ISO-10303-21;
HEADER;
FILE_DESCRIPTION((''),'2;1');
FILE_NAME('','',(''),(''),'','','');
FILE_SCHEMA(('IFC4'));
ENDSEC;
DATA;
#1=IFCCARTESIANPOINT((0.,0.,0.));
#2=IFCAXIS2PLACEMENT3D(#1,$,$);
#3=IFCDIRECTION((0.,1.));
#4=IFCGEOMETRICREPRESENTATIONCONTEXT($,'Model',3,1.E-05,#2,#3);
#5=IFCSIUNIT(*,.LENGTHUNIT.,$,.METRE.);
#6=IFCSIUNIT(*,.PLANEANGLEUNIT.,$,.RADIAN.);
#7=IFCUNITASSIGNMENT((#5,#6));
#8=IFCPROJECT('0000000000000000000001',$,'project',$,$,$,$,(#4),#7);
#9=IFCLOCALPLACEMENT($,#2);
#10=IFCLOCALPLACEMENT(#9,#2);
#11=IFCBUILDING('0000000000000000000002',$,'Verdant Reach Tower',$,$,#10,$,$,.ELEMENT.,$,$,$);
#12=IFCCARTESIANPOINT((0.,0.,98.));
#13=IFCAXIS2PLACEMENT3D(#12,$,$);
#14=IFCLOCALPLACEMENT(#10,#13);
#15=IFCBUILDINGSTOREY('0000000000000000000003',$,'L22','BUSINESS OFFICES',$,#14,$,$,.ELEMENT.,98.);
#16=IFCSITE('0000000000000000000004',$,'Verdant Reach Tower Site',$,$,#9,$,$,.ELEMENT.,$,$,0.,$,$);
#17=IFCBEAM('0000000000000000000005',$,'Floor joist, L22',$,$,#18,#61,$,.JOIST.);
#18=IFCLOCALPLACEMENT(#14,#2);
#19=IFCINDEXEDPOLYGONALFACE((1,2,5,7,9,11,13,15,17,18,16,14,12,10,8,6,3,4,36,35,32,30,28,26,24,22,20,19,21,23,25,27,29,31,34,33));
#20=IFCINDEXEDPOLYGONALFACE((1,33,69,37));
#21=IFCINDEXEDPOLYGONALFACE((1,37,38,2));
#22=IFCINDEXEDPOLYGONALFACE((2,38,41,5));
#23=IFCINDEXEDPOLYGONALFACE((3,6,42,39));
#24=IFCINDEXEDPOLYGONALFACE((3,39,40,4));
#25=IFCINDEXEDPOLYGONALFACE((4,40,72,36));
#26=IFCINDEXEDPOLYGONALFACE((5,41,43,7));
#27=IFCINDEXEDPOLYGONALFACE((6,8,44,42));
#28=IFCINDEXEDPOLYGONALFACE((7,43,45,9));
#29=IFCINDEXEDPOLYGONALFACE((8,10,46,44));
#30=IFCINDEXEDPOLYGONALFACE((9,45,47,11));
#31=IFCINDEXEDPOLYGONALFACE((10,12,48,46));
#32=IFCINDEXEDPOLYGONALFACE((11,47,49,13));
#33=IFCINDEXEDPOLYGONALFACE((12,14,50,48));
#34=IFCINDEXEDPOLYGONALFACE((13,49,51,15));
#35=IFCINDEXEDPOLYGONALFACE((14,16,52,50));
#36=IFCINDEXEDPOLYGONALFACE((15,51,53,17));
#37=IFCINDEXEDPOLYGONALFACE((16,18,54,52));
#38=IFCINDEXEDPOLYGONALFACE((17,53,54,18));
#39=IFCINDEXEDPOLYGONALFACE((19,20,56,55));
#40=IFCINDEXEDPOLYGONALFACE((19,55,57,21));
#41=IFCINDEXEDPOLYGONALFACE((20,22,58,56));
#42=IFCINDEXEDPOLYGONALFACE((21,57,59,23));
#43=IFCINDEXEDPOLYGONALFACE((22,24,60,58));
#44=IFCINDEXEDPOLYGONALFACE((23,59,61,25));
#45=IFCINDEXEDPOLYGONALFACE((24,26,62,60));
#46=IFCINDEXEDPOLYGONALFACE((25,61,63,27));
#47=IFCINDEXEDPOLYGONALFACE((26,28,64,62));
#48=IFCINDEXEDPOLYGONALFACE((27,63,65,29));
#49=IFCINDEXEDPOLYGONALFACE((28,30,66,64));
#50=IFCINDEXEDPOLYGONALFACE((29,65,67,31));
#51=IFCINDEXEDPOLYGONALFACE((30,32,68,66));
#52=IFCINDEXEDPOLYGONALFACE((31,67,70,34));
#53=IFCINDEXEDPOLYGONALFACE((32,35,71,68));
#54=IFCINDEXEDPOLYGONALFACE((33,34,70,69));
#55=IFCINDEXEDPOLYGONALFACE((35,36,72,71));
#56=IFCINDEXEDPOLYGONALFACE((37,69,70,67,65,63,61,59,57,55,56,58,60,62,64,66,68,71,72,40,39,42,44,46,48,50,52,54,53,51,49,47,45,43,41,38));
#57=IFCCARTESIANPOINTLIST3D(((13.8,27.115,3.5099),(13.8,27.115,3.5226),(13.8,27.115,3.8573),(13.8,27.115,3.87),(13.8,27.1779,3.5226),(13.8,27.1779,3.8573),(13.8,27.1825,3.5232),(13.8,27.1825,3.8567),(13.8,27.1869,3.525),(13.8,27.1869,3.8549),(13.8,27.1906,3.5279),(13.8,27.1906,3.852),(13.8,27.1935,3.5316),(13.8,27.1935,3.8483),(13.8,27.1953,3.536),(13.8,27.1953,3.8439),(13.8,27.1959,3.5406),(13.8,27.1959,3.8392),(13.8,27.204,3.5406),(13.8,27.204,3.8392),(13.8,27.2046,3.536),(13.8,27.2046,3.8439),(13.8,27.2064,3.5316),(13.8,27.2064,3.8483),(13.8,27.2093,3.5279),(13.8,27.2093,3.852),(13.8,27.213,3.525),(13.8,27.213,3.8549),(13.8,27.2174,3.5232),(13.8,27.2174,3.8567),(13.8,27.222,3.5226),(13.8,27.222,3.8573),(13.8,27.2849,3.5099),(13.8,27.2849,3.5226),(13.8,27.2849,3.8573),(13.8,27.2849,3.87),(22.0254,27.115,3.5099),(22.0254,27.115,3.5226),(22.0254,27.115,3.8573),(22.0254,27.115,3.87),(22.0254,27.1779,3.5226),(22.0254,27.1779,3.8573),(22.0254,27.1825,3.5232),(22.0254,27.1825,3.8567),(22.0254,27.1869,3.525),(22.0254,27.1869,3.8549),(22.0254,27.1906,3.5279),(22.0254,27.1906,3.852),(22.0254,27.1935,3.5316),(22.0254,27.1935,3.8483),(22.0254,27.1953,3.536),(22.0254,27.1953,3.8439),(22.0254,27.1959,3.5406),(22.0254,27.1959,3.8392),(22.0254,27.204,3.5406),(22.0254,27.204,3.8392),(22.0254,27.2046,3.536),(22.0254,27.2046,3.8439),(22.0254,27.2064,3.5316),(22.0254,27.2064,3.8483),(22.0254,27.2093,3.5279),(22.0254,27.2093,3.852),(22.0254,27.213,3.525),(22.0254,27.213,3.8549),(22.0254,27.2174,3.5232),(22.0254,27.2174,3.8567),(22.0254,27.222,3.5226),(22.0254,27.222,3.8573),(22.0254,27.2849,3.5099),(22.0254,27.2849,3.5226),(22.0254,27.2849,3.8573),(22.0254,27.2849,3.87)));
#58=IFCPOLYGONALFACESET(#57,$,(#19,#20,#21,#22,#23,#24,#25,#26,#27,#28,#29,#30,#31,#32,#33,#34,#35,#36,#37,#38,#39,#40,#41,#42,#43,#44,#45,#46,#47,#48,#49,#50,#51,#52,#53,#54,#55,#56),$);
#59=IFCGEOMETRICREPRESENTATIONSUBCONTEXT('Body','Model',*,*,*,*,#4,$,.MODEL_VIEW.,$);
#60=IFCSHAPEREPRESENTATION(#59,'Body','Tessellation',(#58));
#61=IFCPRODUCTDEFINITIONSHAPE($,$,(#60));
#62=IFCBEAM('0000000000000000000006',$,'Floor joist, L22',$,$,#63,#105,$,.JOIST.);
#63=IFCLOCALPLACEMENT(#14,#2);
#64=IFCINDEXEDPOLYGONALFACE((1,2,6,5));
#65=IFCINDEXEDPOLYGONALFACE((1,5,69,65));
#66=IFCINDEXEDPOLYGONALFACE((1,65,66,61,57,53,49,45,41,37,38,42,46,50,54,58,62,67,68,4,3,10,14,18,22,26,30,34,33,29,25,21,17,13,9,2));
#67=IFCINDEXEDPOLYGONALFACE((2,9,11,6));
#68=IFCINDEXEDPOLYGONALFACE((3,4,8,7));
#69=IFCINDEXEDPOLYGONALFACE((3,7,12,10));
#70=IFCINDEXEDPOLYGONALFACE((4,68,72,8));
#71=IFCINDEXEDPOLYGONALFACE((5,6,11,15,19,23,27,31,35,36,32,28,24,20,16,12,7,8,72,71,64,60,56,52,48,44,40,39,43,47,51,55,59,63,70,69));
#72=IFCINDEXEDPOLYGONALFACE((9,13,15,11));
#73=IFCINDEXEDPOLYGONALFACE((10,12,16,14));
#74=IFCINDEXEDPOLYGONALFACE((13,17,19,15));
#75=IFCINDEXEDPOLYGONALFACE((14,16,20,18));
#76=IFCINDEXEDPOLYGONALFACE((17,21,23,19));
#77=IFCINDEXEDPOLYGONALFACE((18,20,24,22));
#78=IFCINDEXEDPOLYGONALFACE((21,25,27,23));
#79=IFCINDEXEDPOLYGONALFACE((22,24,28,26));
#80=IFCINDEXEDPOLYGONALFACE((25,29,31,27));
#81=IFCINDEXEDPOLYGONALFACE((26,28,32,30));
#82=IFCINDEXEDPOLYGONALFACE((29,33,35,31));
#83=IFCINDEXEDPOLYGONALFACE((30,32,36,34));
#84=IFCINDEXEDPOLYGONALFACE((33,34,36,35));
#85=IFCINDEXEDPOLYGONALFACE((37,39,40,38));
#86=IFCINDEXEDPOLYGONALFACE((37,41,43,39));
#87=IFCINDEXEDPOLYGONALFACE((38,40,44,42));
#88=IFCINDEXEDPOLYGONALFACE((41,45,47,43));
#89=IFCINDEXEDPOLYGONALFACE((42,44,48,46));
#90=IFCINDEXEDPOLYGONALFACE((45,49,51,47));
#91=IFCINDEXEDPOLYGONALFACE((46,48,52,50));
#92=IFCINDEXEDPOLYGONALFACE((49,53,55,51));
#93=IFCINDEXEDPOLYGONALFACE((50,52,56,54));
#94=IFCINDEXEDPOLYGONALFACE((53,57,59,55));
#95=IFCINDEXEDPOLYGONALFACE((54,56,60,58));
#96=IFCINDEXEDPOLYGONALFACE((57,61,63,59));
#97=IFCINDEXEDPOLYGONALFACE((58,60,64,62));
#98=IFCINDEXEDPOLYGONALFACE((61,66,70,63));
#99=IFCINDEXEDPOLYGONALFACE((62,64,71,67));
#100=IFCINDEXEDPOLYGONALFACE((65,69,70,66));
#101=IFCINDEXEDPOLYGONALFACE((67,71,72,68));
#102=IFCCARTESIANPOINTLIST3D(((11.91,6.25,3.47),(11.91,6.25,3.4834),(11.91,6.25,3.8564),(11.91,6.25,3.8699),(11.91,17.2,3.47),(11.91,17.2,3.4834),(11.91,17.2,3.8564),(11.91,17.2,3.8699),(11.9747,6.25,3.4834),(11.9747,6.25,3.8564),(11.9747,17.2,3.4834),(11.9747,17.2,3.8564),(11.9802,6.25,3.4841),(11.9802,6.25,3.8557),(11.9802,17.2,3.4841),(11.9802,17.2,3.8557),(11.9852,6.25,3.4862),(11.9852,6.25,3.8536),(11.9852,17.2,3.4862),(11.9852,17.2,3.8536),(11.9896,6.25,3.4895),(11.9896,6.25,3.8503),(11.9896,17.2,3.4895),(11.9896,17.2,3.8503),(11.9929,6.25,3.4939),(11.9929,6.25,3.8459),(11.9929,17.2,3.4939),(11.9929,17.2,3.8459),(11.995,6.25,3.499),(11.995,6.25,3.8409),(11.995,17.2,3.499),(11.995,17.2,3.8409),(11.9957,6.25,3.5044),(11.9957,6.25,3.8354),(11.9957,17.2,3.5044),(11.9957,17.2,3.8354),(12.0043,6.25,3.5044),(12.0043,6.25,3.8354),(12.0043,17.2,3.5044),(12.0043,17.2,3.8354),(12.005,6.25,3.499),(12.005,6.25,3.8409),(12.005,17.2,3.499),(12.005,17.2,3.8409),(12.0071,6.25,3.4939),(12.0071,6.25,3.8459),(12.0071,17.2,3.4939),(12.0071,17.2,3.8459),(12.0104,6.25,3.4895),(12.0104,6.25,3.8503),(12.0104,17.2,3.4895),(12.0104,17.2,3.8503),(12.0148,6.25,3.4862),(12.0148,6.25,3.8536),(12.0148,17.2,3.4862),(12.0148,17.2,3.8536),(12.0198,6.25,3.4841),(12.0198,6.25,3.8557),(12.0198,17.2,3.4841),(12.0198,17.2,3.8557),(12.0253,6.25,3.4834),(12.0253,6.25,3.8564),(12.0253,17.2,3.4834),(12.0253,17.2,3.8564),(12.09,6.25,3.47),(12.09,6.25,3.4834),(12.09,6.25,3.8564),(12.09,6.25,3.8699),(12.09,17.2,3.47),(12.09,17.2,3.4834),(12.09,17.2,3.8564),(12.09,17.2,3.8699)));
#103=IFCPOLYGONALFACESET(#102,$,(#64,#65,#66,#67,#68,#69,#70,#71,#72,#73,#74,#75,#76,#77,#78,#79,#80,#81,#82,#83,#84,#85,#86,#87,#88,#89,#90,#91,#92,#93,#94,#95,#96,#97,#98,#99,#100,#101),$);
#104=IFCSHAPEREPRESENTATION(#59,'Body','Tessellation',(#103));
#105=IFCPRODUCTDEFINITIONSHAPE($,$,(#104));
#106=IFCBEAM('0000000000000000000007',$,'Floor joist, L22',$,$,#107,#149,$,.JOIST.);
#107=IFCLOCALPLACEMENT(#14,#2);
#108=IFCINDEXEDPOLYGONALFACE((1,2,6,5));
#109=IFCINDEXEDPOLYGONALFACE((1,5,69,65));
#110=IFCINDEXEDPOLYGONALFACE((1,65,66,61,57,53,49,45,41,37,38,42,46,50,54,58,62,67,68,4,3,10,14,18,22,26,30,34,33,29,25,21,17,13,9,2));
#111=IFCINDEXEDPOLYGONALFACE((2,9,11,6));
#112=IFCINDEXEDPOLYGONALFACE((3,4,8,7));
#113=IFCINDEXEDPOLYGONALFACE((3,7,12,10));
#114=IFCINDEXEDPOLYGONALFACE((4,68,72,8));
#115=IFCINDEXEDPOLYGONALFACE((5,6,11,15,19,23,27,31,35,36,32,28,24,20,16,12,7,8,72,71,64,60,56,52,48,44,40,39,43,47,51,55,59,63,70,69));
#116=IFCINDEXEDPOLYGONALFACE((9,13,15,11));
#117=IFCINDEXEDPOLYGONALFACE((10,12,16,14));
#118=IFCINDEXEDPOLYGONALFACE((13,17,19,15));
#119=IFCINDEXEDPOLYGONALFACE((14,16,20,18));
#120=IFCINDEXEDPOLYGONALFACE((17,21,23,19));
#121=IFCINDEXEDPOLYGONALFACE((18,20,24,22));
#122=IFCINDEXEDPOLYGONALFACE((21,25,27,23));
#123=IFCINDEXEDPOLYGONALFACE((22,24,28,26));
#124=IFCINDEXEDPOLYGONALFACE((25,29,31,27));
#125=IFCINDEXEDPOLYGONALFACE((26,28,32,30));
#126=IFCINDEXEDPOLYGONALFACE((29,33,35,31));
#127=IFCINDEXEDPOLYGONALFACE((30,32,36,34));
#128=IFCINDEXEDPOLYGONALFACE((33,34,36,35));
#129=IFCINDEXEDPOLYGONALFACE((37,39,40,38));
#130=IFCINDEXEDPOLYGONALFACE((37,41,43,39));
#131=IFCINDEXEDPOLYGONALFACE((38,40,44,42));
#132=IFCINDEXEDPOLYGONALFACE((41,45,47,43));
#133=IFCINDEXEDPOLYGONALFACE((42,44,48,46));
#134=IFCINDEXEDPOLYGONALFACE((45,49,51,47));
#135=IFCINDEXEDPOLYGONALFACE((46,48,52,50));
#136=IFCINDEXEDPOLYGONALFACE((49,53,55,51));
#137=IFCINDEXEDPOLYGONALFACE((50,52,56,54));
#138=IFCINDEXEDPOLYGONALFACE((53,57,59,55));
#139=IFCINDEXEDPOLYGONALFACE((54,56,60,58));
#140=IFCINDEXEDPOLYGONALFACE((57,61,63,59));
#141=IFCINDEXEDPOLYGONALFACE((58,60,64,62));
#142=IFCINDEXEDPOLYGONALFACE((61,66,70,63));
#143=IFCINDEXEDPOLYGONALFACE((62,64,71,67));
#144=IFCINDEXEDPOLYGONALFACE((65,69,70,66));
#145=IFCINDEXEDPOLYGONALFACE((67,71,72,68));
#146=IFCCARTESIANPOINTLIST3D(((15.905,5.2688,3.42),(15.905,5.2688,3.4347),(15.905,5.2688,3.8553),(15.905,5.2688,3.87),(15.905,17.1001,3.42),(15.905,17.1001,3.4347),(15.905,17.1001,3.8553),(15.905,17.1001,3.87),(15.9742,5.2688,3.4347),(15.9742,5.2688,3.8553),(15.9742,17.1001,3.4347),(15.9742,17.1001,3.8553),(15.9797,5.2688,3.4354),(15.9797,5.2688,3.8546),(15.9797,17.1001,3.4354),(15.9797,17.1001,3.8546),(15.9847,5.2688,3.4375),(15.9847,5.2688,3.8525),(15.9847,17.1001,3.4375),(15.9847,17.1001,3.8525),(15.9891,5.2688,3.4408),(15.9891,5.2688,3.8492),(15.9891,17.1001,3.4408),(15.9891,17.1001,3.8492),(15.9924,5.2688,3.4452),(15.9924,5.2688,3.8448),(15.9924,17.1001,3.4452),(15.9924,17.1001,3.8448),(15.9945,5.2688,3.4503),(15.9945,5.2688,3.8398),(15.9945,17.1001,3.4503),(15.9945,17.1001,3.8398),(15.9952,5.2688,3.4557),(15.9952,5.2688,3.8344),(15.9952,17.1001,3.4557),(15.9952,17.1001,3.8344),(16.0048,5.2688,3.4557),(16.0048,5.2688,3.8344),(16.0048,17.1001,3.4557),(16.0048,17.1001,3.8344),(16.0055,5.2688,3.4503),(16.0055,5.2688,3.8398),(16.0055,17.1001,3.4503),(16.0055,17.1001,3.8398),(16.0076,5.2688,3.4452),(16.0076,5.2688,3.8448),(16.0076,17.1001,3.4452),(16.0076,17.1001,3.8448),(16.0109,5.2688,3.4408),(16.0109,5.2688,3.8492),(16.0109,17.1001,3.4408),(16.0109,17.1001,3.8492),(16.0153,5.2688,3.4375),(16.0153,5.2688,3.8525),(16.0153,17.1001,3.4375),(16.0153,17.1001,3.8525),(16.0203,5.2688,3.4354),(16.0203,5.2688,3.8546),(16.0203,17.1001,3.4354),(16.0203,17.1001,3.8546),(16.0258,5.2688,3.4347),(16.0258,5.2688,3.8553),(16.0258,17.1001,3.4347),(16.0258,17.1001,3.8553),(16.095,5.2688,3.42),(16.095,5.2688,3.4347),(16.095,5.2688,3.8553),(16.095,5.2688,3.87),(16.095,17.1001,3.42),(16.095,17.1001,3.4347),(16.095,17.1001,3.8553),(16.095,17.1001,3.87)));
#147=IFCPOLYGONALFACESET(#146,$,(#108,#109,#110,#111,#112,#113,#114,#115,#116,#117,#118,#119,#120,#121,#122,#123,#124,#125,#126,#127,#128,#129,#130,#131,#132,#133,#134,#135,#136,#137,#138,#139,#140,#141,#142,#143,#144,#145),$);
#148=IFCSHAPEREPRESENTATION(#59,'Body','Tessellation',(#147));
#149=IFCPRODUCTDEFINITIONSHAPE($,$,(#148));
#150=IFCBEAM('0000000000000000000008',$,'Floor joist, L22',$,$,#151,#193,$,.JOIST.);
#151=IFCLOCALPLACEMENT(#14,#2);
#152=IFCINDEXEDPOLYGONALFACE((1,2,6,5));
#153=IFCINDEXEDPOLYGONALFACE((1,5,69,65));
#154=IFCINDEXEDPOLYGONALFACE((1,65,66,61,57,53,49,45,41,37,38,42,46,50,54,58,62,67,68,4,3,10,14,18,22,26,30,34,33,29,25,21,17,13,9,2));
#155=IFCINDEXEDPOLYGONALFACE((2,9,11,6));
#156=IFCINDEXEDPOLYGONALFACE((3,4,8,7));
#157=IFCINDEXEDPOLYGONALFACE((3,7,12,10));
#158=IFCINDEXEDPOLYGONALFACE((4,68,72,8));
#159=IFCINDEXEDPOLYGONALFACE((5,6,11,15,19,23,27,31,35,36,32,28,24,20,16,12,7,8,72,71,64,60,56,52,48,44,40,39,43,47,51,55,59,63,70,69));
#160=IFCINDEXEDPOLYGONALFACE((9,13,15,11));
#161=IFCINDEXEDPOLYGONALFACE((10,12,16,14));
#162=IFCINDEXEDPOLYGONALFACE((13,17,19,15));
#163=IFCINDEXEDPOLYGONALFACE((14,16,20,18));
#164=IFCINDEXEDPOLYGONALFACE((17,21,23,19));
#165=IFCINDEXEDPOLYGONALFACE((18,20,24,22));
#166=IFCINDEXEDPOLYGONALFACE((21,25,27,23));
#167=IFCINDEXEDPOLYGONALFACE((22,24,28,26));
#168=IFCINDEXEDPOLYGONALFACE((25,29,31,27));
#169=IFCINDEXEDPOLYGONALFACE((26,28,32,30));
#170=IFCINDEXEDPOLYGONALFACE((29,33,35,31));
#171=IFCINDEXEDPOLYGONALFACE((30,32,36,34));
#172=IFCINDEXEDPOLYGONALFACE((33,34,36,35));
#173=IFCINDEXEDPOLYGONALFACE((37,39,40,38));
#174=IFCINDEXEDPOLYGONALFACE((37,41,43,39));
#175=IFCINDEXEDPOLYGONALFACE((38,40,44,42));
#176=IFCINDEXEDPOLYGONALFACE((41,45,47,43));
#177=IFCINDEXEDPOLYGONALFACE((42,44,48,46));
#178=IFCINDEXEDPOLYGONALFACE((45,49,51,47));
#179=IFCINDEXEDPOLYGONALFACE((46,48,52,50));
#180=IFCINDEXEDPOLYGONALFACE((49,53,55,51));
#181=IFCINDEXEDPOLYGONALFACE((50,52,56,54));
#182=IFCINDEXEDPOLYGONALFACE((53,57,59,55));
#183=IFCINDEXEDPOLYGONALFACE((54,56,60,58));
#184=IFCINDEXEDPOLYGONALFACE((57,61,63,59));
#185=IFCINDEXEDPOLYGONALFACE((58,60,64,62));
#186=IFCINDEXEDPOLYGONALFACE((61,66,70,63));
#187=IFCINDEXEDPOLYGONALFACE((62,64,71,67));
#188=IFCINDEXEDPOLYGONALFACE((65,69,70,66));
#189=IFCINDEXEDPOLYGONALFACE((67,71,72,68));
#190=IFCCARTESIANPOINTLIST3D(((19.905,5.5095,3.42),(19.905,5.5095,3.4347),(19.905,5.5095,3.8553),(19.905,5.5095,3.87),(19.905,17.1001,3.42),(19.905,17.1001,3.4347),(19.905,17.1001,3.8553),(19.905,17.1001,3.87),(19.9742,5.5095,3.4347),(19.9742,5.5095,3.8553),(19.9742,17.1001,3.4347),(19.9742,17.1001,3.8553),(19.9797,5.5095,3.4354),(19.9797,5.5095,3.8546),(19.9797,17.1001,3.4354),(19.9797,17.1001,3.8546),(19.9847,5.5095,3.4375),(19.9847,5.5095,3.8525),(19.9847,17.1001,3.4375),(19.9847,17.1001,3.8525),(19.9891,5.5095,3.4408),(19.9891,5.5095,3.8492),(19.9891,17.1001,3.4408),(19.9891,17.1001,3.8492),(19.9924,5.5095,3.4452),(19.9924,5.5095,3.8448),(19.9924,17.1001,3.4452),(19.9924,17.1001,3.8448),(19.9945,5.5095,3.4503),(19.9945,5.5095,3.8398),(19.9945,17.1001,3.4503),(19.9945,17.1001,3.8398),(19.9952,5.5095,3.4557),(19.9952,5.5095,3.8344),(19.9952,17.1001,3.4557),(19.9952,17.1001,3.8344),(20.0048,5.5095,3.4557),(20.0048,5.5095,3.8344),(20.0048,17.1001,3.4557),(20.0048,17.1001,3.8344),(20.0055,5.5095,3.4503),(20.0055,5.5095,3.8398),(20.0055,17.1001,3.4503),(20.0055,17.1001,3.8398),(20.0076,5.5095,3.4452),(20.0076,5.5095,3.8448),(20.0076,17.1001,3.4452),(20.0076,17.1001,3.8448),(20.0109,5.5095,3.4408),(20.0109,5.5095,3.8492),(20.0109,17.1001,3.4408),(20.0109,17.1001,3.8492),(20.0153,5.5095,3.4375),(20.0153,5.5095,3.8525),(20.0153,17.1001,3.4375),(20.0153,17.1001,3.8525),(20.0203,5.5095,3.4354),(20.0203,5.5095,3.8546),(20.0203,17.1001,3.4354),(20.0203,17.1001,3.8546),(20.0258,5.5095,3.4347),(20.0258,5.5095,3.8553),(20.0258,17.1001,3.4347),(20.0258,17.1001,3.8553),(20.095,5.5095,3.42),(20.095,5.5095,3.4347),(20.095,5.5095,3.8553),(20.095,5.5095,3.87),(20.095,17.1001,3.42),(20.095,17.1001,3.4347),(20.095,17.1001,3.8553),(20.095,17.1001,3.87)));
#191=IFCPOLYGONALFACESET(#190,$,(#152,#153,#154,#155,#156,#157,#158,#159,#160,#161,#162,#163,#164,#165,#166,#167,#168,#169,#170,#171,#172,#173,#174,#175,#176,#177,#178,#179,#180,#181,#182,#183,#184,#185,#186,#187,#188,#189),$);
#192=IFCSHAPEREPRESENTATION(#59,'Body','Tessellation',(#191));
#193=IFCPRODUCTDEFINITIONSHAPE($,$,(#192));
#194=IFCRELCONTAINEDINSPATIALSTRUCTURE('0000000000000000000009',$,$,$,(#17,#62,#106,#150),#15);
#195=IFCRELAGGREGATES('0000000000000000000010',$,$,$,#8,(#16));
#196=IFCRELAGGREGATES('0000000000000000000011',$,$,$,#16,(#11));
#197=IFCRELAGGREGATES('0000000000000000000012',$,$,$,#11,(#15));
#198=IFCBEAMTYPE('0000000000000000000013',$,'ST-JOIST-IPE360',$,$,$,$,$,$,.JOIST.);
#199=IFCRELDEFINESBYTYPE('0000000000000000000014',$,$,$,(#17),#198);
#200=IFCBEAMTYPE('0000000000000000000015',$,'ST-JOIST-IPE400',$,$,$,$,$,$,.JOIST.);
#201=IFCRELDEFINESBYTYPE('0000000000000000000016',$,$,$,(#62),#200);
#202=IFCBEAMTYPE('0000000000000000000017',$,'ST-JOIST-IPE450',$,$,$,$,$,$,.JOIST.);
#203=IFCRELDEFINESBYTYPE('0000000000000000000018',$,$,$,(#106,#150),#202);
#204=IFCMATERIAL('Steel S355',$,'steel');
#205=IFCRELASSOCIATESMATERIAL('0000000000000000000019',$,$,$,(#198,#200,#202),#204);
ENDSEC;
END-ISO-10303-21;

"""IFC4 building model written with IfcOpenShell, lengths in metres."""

from ifc_helpers import new_model, si_unit, direction, frame, origin, origin_2d, place, context, subcontext, project, spatial, i_section, extrude, material, material_profile, profile_set, type_object, element, save


model = new_model("IFC4")

# Units and contexts
model_context = context("Model", 3, precision=1e-05, world=origin(), true_north=direction((0.0, 1.0)))
body_context = subcontext(model_context, "Body", "Model", "MODEL_VIEW")
ifc_project = project(units=[si_unit("LENGTHUNIT", "METRE"), si_unit("PLANEANGLEUNIT", "RADIAN")], contexts=[model_context])

# Site, building, storey
site_placement = place(None, origin())
site = spatial("IfcSite", under=ifc_project, at=site_placement, Name="Verdant Reach Tower Site", CompositionType="ELEMENT", RefElevation=0.0)
building_placement = place(site_placement, origin())
building = spatial("IfcBuilding", under=site, at=building_placement, Name="Verdant Reach Tower", CompositionType="ELEMENT")
storey_placement = place(building_placement, frame((0.0, 0.0, 98.0)))
storey = spatial("IfcBuildingStorey", under=building, at=storey_placement, Name="L22", Description="BUSINESS OFFICES", CompositionType="ELEMENT", Elevation=98.0)

# Beams
ifc_material_1 = material(Name="Steel S355", Category="steel")
ifc_material_profile_1 = material_profile(ifc_material_1, i_section(OverallWidth=0.1699, OverallDepth=0.3601, WebThickness=0.0081, FlangeThickness=0.0127, FilletRadius=0.0181, at=origin_2d()), Name="IPE 360")
ifc_profile_set_1 = profile_set([ifc_material_profile_1], Name="Steel S355")
beam_type_1 = type_object("IfcBeamType", Name="ST-JOIST-IPE360", PredefinedType="JOIST", material=ifc_profile_set_1)
beam_1_placement = place(storey_placement, frame((13.8, 27.2, 3.6899), z_axis=(1.0, 0.0, 0.0), x_axis=(0.0, 1.0, 0.0)))
element("IfcBeam", 1, at=beam_1_placement, inside=storey, type_object=beam_type_1, Name="Floor joist, L22", PredefinedType="JOIST", context=body_context, shape_type="SweptSolid", body=[
    extrude(i_section(OverallWidth=0.1699, OverallDepth=0.3601, WebThickness=0.0081, FlangeThickness=0.0127, FilletRadius=0.0181, at=origin_2d()), origin(), (0.0, 0.0, 1.0), 8.2253),
])
ifc_material_profile_2 = material_profile(ifc_material_1, i_section(OverallWidth=0.1799, OverallDepth=0.3999, WebThickness=0.0085, FlangeThickness=0.0134, FilletRadius=0.021, at=origin_2d()), Name="IPE 400")
ifc_profile_set_2 = profile_set([ifc_material_profile_2], Name="Steel S355")
beam_type_2 = type_object("IfcBeamType", Name="ST-JOIST-IPE400", PredefinedType="JOIST", material=ifc_profile_set_2)
beam_2_placement = place(storey_placement, frame((12.0, 17.2, 3.6699), z_axis=(0.0, -1.0, 0.0), x_axis=(1.0, 0.0, 0.0)))
element("IfcBeam", 2, at=beam_2_placement, inside=storey, type_object=beam_type_2, Name="Floor joist, L22", PredefinedType="JOIST", context=body_context, shape_type="SweptSolid", body=[
    extrude(i_section(OverallWidth=0.1799, OverallDepth=0.3999, WebThickness=0.0085, FlangeThickness=0.0134, FilletRadius=0.021, at=origin_2d()), origin(), (0.0, 0.0, 1.0), 10.95),
])
ifc_material_profile_3 = material_profile(ifc_material_1, i_section(OverallWidth=0.1899, OverallDepth=0.45, WebThickness=0.0095, FlangeThickness=0.0146, FilletRadius=0.021, at=origin_2d()), Name="IPE 450")
ifc_profile_set_3 = profile_set([ifc_material_profile_3], Name="Steel S355")
beam_type_3 = type_object("IfcBeamType", Name="ST-JOIST-IPE450", PredefinedType="JOIST", material=ifc_profile_set_3)
beam_3_placement = place(storey_placement, frame((16.0, 17.1001, 3.645), z_axis=(0.0, -1.0, 0.0), x_axis=(1.0, 0.0, 0.0)))
element("IfcBeam", 3, at=beam_3_placement, inside=storey, type_object=beam_type_3, Name="Floor joist, L22", PredefinedType="JOIST", context=body_context, shape_type="SweptSolid", body=[
    extrude(i_section(OverallWidth=0.1899, OverallDepth=0.45, WebThickness=0.0095, FlangeThickness=0.0146, FilletRadius=0.021, at=origin_2d()), origin(), (0.0, 0.0, 1.0), 11.8313),
])
beam_4_placement = place(storey_placement, frame((20.0, 17.1001, 3.645), z_axis=(0.0, -1.0, 0.0), x_axis=(1.0, 0.0, 0.0)))
element("IfcBeam", 4, at=beam_4_placement, inside=storey, type_object=beam_type_3, Name="Floor joist, L22", PredefinedType="JOIST", context=body_context, shape_type="SweptSolid", body=[
    extrude(i_section(OverallWidth=0.1899, OverallDepth=0.45, WebThickness=0.0095, FlangeThickness=0.0146, FilletRadius=0.021, at=origin_2d()), origin(), (0.0, 0.0, 1.0), 11.5906),
])

save(model, "model.ifc")
